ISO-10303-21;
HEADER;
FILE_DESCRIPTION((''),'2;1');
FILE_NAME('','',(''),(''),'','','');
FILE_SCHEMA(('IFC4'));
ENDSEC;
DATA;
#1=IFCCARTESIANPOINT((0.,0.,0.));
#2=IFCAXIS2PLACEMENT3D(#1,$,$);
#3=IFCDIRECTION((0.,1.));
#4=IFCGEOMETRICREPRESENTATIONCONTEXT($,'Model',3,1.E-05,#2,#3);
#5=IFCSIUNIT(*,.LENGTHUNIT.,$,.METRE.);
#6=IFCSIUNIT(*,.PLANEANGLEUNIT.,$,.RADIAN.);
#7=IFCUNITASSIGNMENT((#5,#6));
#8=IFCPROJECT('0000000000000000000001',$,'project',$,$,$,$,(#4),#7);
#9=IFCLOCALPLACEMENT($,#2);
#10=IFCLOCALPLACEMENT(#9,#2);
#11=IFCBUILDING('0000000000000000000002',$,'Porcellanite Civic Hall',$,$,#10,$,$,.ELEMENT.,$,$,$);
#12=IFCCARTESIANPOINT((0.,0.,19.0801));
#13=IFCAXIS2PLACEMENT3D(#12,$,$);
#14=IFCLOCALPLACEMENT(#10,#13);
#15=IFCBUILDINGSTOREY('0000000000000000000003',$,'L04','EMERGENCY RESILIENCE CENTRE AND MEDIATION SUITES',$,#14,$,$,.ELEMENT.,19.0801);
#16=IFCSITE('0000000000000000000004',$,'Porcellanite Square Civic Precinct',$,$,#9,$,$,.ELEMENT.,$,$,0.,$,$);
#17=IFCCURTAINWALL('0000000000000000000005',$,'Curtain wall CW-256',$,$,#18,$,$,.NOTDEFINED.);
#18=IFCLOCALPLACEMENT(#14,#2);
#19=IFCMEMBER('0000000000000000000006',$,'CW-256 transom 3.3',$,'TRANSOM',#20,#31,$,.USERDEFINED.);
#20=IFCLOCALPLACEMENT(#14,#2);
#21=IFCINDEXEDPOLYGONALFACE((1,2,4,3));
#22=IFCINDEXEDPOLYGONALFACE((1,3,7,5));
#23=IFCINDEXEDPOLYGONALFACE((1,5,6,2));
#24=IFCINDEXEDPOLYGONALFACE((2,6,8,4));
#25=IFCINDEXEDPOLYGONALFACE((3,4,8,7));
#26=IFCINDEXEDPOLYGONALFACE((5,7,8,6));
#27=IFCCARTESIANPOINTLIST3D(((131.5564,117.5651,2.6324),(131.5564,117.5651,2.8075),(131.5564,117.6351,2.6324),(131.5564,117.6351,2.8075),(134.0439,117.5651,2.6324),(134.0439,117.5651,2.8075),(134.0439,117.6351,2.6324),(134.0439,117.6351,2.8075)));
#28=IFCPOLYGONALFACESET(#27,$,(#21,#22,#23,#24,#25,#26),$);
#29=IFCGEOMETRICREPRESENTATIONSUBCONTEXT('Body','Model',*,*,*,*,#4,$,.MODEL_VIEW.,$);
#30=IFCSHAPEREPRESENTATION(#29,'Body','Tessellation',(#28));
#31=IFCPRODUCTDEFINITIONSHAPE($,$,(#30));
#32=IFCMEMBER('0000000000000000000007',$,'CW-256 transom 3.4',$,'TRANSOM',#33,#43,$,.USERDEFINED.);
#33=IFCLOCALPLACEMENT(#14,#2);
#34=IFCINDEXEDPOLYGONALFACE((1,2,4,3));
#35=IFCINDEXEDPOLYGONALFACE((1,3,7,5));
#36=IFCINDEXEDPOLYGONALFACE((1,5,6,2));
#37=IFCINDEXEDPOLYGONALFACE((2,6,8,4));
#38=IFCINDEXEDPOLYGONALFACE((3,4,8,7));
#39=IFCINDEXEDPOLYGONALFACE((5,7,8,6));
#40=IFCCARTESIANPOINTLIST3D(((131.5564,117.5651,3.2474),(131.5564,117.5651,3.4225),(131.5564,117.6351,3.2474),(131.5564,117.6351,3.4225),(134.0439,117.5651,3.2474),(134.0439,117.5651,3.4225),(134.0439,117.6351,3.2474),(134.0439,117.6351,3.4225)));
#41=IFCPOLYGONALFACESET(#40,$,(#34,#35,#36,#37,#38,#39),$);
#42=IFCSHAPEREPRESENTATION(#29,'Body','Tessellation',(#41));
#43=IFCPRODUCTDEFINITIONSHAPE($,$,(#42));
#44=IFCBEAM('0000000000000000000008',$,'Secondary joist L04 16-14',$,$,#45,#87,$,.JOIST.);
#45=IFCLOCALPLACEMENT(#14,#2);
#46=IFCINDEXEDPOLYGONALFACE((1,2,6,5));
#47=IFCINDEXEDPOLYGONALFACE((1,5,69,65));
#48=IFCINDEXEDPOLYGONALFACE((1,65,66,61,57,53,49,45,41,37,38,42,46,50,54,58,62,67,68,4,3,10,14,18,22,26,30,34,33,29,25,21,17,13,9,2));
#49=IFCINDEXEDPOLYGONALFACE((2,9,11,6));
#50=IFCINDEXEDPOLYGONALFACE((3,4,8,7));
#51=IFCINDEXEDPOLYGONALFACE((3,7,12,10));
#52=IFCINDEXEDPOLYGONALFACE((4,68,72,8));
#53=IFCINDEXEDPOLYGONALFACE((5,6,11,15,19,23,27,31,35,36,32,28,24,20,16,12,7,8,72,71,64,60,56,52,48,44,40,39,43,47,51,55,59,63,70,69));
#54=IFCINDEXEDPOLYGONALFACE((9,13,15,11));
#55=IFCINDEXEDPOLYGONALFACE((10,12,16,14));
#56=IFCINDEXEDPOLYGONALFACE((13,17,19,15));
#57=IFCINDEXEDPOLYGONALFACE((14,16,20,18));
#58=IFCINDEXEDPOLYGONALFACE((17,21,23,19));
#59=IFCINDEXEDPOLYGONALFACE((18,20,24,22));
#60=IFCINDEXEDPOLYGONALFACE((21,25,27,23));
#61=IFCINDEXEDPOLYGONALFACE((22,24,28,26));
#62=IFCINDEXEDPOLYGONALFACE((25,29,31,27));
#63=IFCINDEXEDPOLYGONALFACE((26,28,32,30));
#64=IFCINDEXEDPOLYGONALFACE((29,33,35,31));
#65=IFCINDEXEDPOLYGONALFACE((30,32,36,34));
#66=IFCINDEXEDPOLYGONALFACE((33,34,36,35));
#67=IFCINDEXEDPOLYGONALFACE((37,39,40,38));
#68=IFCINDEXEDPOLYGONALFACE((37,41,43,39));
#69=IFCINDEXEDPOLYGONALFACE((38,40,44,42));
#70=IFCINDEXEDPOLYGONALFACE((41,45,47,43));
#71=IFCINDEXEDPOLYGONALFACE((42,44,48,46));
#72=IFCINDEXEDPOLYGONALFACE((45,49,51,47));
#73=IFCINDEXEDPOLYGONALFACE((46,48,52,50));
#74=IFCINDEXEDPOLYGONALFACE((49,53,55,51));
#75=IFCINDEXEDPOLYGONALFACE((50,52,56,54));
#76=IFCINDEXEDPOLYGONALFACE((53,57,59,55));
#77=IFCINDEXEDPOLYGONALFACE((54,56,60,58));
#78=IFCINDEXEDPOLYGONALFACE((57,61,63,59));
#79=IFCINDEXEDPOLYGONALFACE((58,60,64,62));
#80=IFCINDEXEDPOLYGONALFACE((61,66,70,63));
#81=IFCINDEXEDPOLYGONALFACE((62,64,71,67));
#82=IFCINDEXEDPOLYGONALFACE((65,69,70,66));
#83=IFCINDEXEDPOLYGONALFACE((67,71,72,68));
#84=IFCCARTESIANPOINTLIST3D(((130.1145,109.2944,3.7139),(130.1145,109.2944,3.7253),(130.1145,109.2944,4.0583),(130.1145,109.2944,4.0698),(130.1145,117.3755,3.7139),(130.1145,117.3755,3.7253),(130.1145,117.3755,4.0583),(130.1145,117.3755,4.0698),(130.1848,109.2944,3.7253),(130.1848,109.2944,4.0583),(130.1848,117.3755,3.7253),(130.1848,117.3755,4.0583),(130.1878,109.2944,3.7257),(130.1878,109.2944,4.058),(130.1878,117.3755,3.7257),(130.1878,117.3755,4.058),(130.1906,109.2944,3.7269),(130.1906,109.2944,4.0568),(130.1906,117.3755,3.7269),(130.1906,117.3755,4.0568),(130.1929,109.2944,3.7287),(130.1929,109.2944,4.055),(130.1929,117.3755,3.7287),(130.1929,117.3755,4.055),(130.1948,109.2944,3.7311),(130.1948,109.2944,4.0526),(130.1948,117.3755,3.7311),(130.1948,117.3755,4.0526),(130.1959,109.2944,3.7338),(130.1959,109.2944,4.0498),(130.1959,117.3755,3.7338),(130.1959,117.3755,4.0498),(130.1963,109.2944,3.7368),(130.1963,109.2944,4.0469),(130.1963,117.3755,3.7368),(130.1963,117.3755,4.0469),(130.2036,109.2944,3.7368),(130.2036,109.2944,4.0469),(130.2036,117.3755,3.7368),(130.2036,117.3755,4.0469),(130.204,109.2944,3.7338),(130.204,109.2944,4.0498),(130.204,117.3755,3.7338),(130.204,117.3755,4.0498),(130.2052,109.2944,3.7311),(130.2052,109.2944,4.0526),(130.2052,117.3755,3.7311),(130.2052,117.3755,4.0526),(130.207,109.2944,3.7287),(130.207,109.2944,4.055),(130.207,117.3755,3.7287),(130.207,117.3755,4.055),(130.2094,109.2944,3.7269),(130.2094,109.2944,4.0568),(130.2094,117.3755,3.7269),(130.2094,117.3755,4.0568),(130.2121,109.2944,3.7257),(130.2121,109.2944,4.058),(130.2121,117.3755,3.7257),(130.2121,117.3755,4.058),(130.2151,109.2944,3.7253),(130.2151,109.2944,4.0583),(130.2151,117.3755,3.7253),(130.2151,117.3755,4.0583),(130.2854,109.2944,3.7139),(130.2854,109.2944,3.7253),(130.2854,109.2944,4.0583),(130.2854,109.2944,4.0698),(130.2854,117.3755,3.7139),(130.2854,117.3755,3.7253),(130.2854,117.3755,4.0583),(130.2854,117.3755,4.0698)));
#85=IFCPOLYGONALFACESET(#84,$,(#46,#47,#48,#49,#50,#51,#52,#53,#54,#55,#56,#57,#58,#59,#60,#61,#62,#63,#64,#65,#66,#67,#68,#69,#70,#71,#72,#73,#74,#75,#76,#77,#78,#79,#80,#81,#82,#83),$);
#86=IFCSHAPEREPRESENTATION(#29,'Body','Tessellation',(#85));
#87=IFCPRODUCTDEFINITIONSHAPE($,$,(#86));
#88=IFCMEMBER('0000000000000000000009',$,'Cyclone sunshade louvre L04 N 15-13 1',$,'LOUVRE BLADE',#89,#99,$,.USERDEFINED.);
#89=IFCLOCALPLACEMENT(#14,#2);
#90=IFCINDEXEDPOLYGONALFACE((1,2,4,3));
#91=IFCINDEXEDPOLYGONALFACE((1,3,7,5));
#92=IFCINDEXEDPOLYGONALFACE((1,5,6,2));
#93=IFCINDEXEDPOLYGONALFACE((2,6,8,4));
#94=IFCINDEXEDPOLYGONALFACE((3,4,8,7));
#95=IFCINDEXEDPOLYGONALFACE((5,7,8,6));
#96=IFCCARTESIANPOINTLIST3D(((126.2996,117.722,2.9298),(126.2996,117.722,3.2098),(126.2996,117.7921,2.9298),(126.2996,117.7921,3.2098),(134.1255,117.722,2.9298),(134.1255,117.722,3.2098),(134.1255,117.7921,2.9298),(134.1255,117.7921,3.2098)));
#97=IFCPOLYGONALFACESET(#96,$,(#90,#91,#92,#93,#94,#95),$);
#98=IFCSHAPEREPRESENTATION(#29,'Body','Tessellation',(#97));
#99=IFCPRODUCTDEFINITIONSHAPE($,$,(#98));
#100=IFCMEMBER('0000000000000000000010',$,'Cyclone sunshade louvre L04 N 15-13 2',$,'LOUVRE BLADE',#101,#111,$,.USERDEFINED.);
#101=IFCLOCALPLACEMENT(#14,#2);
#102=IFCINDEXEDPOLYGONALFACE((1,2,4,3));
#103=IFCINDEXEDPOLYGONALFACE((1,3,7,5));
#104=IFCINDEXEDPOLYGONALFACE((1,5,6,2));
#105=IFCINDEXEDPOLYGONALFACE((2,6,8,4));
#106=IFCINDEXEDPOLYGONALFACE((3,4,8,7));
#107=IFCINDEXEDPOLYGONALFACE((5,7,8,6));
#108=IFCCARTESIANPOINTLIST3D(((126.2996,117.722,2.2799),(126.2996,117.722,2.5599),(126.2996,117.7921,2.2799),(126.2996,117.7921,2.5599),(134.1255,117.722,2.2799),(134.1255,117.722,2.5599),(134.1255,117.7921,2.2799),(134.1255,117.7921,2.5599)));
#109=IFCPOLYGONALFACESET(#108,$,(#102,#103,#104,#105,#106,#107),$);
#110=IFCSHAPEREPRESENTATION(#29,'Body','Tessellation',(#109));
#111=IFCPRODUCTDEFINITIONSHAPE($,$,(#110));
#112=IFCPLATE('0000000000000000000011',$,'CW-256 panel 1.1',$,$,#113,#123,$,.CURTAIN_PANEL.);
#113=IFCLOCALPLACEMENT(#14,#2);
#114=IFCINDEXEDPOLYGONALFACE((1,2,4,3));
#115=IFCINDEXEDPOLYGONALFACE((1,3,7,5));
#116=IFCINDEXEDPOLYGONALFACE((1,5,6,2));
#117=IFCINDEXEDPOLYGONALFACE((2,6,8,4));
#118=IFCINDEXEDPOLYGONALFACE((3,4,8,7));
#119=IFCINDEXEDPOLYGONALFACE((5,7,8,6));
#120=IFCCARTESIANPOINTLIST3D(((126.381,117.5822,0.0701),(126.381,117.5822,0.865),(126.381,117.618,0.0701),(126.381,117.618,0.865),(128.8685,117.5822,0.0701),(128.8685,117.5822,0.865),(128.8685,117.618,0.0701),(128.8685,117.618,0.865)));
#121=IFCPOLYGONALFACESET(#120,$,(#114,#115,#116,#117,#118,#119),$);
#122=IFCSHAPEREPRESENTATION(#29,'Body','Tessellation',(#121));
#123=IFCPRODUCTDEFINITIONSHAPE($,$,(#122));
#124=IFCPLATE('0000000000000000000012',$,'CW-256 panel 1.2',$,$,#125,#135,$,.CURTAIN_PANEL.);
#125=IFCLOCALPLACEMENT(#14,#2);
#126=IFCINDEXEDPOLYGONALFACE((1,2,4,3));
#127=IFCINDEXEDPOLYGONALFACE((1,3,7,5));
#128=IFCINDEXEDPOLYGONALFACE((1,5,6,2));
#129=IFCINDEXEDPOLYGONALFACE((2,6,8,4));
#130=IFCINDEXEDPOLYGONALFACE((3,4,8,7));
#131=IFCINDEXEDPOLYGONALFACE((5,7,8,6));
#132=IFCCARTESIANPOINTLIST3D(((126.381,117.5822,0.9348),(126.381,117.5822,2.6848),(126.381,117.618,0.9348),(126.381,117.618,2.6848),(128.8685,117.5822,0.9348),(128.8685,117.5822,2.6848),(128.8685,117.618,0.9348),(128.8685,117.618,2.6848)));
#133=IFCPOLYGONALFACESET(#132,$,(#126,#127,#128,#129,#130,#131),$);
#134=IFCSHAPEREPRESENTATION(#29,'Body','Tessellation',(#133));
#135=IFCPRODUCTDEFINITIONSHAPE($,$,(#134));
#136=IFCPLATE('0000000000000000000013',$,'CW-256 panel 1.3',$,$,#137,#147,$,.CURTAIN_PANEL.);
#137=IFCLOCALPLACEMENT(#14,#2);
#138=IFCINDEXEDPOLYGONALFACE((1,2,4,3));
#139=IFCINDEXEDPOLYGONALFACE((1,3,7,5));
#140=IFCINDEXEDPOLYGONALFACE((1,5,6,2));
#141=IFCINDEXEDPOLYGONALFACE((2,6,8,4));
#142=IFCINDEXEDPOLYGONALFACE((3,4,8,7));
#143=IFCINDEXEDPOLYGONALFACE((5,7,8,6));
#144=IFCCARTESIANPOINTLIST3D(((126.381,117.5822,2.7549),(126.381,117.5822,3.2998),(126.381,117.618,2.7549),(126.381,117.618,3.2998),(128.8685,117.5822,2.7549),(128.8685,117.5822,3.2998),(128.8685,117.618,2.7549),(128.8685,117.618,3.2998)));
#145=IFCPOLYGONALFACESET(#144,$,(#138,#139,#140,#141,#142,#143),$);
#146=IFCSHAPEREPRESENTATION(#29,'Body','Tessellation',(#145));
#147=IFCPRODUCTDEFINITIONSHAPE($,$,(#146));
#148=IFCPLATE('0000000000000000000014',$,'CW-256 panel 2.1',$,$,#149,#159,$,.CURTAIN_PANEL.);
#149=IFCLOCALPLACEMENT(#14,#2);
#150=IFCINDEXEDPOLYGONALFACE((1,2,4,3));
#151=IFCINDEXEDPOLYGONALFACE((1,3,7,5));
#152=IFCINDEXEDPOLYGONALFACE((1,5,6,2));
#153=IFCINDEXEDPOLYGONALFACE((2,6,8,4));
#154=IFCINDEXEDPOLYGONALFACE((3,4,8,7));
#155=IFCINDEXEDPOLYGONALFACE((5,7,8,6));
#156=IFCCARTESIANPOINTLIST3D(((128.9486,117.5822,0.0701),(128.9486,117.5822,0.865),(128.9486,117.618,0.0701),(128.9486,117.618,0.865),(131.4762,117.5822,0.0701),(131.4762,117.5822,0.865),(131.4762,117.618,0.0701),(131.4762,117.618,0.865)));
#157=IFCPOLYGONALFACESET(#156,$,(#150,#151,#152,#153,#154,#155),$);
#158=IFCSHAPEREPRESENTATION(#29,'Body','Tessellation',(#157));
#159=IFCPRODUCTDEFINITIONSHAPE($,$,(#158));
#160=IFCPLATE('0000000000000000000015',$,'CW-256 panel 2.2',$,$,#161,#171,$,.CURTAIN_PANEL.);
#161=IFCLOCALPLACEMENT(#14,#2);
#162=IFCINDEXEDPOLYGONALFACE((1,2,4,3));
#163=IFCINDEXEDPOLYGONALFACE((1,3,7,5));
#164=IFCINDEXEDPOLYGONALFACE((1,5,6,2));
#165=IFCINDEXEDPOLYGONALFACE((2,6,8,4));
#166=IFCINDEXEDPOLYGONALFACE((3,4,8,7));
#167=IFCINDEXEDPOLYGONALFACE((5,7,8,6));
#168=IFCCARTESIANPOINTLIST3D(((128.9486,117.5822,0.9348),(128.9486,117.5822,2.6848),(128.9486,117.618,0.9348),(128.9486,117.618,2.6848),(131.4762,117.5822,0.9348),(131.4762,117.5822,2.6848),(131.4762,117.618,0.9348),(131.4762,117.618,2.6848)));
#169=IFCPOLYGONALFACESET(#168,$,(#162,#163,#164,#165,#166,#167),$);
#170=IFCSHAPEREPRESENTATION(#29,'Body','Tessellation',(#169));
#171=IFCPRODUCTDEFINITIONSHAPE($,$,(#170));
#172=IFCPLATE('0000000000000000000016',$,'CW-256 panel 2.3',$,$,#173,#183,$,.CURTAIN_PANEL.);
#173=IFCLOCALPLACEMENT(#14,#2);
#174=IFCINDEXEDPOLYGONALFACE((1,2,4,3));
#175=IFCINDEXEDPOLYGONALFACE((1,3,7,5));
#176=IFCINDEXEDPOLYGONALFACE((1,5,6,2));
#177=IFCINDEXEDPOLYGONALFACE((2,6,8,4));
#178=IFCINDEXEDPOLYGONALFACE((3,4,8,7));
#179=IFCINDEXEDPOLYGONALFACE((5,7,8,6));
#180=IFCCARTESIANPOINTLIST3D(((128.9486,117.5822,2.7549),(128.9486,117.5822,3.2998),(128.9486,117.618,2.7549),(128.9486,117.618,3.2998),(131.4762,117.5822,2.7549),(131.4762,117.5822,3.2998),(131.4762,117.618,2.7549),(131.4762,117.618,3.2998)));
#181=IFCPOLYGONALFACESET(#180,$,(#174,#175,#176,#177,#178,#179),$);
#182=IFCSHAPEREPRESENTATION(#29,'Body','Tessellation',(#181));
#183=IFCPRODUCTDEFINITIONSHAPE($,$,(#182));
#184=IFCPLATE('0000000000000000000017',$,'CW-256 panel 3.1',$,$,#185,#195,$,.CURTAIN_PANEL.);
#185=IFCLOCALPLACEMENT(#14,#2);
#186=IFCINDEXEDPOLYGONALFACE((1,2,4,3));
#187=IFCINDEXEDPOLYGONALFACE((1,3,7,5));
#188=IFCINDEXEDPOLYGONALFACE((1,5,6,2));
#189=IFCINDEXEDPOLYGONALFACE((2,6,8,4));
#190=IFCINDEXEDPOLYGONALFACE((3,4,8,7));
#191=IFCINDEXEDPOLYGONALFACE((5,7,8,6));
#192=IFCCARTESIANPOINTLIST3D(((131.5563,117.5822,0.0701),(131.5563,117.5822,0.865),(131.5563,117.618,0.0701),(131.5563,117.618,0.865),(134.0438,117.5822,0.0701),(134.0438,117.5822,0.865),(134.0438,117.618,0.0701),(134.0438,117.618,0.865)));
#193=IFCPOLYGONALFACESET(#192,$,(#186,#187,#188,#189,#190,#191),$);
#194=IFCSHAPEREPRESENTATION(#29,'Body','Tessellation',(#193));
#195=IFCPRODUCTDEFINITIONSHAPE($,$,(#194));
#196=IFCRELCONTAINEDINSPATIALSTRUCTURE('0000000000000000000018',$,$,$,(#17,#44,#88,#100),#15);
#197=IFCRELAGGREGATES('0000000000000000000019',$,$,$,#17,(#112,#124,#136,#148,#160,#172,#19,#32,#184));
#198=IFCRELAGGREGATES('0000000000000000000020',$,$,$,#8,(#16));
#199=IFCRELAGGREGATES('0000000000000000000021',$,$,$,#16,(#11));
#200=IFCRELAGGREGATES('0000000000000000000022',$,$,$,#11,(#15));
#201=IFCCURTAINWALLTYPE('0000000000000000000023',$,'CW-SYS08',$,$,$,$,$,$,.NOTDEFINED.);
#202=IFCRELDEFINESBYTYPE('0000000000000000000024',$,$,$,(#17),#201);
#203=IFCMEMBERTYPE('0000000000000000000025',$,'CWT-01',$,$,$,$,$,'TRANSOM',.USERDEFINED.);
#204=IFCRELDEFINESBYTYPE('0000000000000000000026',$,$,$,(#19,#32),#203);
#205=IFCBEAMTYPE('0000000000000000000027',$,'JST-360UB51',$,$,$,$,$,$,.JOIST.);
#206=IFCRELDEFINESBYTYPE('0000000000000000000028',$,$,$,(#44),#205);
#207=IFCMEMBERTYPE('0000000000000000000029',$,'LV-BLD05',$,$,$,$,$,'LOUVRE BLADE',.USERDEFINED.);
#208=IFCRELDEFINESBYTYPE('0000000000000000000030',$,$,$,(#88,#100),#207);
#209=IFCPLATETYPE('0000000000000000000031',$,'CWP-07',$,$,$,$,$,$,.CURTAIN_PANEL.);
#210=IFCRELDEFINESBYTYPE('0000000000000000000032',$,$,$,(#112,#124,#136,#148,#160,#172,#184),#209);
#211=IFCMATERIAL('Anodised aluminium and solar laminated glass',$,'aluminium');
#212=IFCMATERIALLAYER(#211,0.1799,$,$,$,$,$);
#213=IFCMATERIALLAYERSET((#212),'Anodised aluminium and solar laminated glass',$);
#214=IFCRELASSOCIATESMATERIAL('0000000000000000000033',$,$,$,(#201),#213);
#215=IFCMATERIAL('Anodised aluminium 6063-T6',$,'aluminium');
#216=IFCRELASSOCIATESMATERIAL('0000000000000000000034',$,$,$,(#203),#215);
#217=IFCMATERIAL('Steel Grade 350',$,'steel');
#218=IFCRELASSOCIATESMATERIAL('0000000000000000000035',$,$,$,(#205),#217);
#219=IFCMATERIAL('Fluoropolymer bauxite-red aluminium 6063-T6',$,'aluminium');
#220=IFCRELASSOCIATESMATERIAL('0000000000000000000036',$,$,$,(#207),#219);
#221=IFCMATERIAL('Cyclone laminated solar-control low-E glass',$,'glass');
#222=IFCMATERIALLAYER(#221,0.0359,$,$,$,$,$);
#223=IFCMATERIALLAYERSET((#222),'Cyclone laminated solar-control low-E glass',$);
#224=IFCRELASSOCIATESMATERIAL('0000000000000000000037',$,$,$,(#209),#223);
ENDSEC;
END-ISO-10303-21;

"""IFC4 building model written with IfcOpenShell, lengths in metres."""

from ifc_helpers import new_model, si_unit, direction, frame, origin, origin_2d, place, context, subcontext, project, spatial, rectangle, i_section, extrude, material, layer, layer_set, material_profile, profile_set, type_object, element, aggregate, save


model = new_model("IFC4")

# Units and contexts
model_context = context("Model", 3, precision=1e-05, world=origin(), true_north=direction((0.0, 1.0)))
body_context = subcontext(model_context, "Body", "Model", "MODEL_VIEW")
ifc_project = project(units=[si_unit("LENGTHUNIT", "METRE"), si_unit("PLANEANGLEUNIT", "RADIAN")], contexts=[model_context])

# Site, building, storey
site_placement = place(None, origin())
site = spatial("IfcSite", under=ifc_project, at=site_placement, Name="Porcellanite Square Civic Precinct", CompositionType="ELEMENT", RefElevation=0.0)
building_placement = place(site_placement, origin())
building = spatial("IfcBuilding", under=site, at=building_placement, Name="Porcellanite Civic Hall", CompositionType="ELEMENT")
storey_placement = place(building_placement, frame((0.0, 0.0, 19.0801)))
storey = spatial("IfcBuildingStorey", under=building, at=storey_placement, Name="L04", Description="EMERGENCY RESILIENCE CENTRE AND MEDIATION SUITES", CompositionType="ELEMENT", Elevation=19.0801)

# Curtain wall, members
ifc_material_1 = material(Name="Anodised aluminium and solar laminated glass", Category="aluminium")
ifc_layer_1 = layer(ifc_material_1, 0.1799)
ifc_layer_set_1 = layer_set([ifc_layer_1], Name="Anodised aluminium and solar laminated glass")
curtain_wall_type = type_object("IfcCurtainWallType", Name="CW-SYS08", PredefinedType="NOTDEFINED", material=ifc_layer_set_1)
curtain_wall_placement = place(storey_placement, origin())
curtain_wall = element("IfcCurtainWall", 1, at=curtain_wall_placement, inside=storey, type_object=curtain_wall_type, Name="Curtain wall CW-256", PredefinedType="NOTDEFINED")
ifc_material_2 = material(Name="Anodised aluminium 6063-T6", Category="aluminium")
ifc_material_profile_1 = material_profile(ifc_material_2, rectangle(XDim=0.0701, YDim=0.175, at=origin_2d()), Name="AL-70x175")
ifc_profile_set_1 = profile_set([ifc_material_profile_1], Name="Anodised aluminium 6063-T6")
member_type_1 = type_object("IfcMemberType", Name="CWT-01", ElementType="TRANSOM", PredefinedType="USERDEFINED", material=ifc_profile_set_1)
member_1_placement = place(storey_placement, frame((131.5564, 117.6001, 2.72), z_axis=(1.0, 0.0, 0.0), x_axis=(0.0, 1.0, 0.0)))
member_1 = element("IfcMember", 2, at=member_1_placement, type_object=member_type_1, Name="CW-256 transom 3.3", ObjectType="TRANSOM", PredefinedType="USERDEFINED", context=body_context, shape_type="SweptSolid", body=[
    extrude(rectangle(XDim=0.0701, YDim=0.175, at=origin_2d()), origin(), (0.0, 0.0, 1.0), 2.4875),
])
member_2_placement = place(storey_placement, frame((131.5564, 117.6001, 3.335), z_axis=(1.0, 0.0, 0.0), x_axis=(0.0, 1.0, 0.0)))
member_2 = element("IfcMember", 3, at=member_2_placement, type_object=member_type_1, Name="CW-256 transom 3.4", ObjectType="TRANSOM", PredefinedType="USERDEFINED", context=body_context, shape_type="SweptSolid", body=[
    extrude(rectangle(XDim=0.0701, YDim=0.175, at=origin_2d()), origin(), (0.0, 0.0, 1.0), 2.4875),
])

# Beam
ifc_material_3 = material(Name="Steel Grade 350", Category="steel")
ifc_material_profile_2 = material_profile(ifc_material_3, i_section(OverallWidth=0.1709, OverallDepth=0.356, WebThickness=0.0073, FlangeThickness=0.0115, FilletRadius=0.0115, at=origin_2d()), Name="360UB50.7")
ifc_profile_set_2 = profile_set([ifc_material_profile_2], Name="Steel Grade 350")
beam_type_1 = type_object("IfcBeamType", Name="JST-360UB51", PredefinedType="JOIST", material=ifc_profile_set_2)
beam_1_placement = place(storey_placement, frame((130.2, 109.2944, 3.8918), z_axis=(0.0, 1.0, 0.0), x_axis=(-1.0, 0.0, 0.0)))
element("IfcBeam", 4, at=beam_1_placement, inside=storey, type_object=beam_type_1, Name="Secondary joist L04 16-14", PredefinedType="JOIST", context=body_context, shape_type="SweptSolid", body=[
    extrude(i_section(OverallWidth=0.1709, OverallDepth=0.356, WebThickness=0.0073, FlangeThickness=0.0115, FilletRadius=0.0115, at=origin_2d()), origin(), (0.0, 0.0, 1.0), 8.0811),
])

# Members
ifc_material_4 = material(Name="Fluoropolymer bauxite-red aluminium 6063-T6", Category="aluminium")
ifc_material_profile_3 = material_profile(ifc_material_4, rectangle(XDim=0.0701, YDim=0.28, at=origin_2d()), Name="AL-70x280")
ifc_profile_set_3 = profile_set([ifc_material_profile_3], Name="Fluoropolymer bauxite-red aluminium 6063-T6")
member_type_2 = type_object("IfcMemberType", Name="LV-BLD05", ElementType="LOUVRE BLADE", PredefinedType="USERDEFINED", material=ifc_profile_set_3)
for number, where, z_axis, x_axis, name in (
    (5, (126.2996, 117.7571, 3.0698), (1.0, 0.0, 0.0), (0.0, 1.0, 0.0), "Cyclone sunshade louvre L04 N 15-13 1"),
    (6, (126.2996, 117.7571, 2.4199), (1.0, 0.0, 0.0), (0.0, 1.0, 0.0), "Cyclone sunshade louvre L04 N 15-13 2"),
):
    element("IfcMember", number, at=place(storey_placement, frame(where, z_axis=z_axis, x_axis=x_axis)), inside=storey, type_object=member_type_2, Name=name, ObjectType="LOUVRE BLADE", PredefinedType="USERDEFINED", context=body_context, shape_type="SweptSolid", body=[
        extrude(rectangle(XDim=0.0701, YDim=0.28, at=origin_2d()), origin(), (0.0, 0.0, 1.0), 7.8259),
    ])

# Plates
ifc_material_5 = material(Name="Cyclone laminated solar-control low-E glass", Category="glass")
ifc_layer_2 = layer(ifc_material_5, 0.0359)
ifc_layer_set_2 = layer_set([ifc_layer_2], Name="Cyclone laminated solar-control low-E glass")
plate_type = type_object("IfcPlateType", Name="CWP-07", PredefinedType="CURTAIN_PANEL", material=ifc_layer_set_2)
plate_1_placement = place(storey_placement, frame((127.6248, 117.6001, 0.0701), z_axis=(0.0, 0.0, 1.0), x_axis=(1.0, 0.0, 0.0)))
plate_1 = element("IfcPlate", 7, at=plate_1_placement, type_object=plate_type, Name="CW-256 panel 1.1", PredefinedType="CURTAIN_PANEL", context=body_context, shape_type="SweptSolid", body=[
    extrude(rectangle(XDim=2.4875, YDim=0.0359, at=origin_2d()), origin(), (0.0, 0.0, 1.0), 0.7949),
])
plate_2_placement = place(storey_placement, frame((127.6248, 117.6001, 0.9348), z_axis=(0.0, 0.0, 1.0), x_axis=(1.0, 0.0, 0.0)))
plate_2 = element("IfcPlate", 8, at=plate_2_placement, type_object=plate_type, Name="CW-256 panel 1.2", PredefinedType="CURTAIN_PANEL", context=body_context, shape_type="SweptSolid", body=[
    extrude(rectangle(XDim=2.4875, YDim=0.0359, at=origin_2d()), origin(), (0.0, 0.0, 1.0), 1.75),
])
plate_3_placement = place(storey_placement, frame((127.6248, 117.6001, 2.7549), z_axis=(0.0, 0.0, 1.0), x_axis=(1.0, 0.0, 0.0)))
plate_3 = element("IfcPlate", 9, at=plate_3_placement, type_object=plate_type, Name="CW-256 panel 1.3", PredefinedType="CURTAIN_PANEL", context=body_context, shape_type="SweptSolid", body=[
    extrude(rectangle(XDim=2.4875, YDim=0.0359, at=origin_2d()), origin(), (0.0, 0.0, 1.0), 0.5449),
])
plate_4_placement = place(storey_placement, frame((130.2124, 117.6001, 0.0701), z_axis=(0.0, 0.0, 1.0), x_axis=(1.0, 0.0, 0.0)))
plate_4 = element("IfcPlate", 10, at=plate_4_placement, type_object=plate_type, Name="CW-256 panel 2.1", PredefinedType="CURTAIN_PANEL", context=body_context, shape_type="SweptSolid", body=[
    extrude(rectangle(XDim=2.5276, YDim=0.0359, at=origin_2d()), origin(), (0.0, 0.0, 1.0), 0.7949),
])
plate_5_placement = place(storey_placement, frame((130.2124, 117.6001, 0.9348), z_axis=(0.0, 0.0, 1.0), x_axis=(1.0, 0.0, 0.0)))
plate_5 = element("IfcPlate", 11, at=plate_5_placement, type_object=plate_type, Name="CW-256 panel 2.2", PredefinedType="CURTAIN_PANEL", context=body_context, shape_type="SweptSolid", body=[
    extrude(rectangle(XDim=2.5276, YDim=0.0359, at=origin_2d()), origin(), (0.0, 0.0, 1.0), 1.75),
])
plate_6_placement = place(storey_placement, frame((130.2124, 117.6001, 2.7549), z_axis=(0.0, 0.0, 1.0), x_axis=(1.0, 0.0, 0.0)))
plate_6 = element("IfcPlate", 12, at=plate_6_placement, type_object=plate_type, Name="CW-256 panel 2.3", PredefinedType="CURTAIN_PANEL", context=body_context, shape_type="SweptSolid", body=[
    extrude(rectangle(XDim=2.5276, YDim=0.0359, at=origin_2d()), origin(), (0.0, 0.0, 1.0), 0.5449),
])
plate_7_placement = place(storey_placement, frame((132.8, 117.6001, 0.0701), z_axis=(0.0, 0.0, 1.0), x_axis=(1.0, 0.0, 0.0)))
plate_7 = element("IfcPlate", 13, at=plate_7_placement, type_object=plate_type, Name="CW-256 panel 3.1", PredefinedType="CURTAIN_PANEL", context=body_context, shape_type="SweptSolid", body=[
    extrude(rectangle(XDim=2.4875, YDim=0.0359, at=origin_2d()), origin(), (0.0, 0.0, 1.0), 0.7949),
])
aggregate(curtain_wall, [plate_1, plate_2, plate_3, plate_4, plate_5, plate_6, member_1, member_2, plate_7])

save(model, "model.ifc")
